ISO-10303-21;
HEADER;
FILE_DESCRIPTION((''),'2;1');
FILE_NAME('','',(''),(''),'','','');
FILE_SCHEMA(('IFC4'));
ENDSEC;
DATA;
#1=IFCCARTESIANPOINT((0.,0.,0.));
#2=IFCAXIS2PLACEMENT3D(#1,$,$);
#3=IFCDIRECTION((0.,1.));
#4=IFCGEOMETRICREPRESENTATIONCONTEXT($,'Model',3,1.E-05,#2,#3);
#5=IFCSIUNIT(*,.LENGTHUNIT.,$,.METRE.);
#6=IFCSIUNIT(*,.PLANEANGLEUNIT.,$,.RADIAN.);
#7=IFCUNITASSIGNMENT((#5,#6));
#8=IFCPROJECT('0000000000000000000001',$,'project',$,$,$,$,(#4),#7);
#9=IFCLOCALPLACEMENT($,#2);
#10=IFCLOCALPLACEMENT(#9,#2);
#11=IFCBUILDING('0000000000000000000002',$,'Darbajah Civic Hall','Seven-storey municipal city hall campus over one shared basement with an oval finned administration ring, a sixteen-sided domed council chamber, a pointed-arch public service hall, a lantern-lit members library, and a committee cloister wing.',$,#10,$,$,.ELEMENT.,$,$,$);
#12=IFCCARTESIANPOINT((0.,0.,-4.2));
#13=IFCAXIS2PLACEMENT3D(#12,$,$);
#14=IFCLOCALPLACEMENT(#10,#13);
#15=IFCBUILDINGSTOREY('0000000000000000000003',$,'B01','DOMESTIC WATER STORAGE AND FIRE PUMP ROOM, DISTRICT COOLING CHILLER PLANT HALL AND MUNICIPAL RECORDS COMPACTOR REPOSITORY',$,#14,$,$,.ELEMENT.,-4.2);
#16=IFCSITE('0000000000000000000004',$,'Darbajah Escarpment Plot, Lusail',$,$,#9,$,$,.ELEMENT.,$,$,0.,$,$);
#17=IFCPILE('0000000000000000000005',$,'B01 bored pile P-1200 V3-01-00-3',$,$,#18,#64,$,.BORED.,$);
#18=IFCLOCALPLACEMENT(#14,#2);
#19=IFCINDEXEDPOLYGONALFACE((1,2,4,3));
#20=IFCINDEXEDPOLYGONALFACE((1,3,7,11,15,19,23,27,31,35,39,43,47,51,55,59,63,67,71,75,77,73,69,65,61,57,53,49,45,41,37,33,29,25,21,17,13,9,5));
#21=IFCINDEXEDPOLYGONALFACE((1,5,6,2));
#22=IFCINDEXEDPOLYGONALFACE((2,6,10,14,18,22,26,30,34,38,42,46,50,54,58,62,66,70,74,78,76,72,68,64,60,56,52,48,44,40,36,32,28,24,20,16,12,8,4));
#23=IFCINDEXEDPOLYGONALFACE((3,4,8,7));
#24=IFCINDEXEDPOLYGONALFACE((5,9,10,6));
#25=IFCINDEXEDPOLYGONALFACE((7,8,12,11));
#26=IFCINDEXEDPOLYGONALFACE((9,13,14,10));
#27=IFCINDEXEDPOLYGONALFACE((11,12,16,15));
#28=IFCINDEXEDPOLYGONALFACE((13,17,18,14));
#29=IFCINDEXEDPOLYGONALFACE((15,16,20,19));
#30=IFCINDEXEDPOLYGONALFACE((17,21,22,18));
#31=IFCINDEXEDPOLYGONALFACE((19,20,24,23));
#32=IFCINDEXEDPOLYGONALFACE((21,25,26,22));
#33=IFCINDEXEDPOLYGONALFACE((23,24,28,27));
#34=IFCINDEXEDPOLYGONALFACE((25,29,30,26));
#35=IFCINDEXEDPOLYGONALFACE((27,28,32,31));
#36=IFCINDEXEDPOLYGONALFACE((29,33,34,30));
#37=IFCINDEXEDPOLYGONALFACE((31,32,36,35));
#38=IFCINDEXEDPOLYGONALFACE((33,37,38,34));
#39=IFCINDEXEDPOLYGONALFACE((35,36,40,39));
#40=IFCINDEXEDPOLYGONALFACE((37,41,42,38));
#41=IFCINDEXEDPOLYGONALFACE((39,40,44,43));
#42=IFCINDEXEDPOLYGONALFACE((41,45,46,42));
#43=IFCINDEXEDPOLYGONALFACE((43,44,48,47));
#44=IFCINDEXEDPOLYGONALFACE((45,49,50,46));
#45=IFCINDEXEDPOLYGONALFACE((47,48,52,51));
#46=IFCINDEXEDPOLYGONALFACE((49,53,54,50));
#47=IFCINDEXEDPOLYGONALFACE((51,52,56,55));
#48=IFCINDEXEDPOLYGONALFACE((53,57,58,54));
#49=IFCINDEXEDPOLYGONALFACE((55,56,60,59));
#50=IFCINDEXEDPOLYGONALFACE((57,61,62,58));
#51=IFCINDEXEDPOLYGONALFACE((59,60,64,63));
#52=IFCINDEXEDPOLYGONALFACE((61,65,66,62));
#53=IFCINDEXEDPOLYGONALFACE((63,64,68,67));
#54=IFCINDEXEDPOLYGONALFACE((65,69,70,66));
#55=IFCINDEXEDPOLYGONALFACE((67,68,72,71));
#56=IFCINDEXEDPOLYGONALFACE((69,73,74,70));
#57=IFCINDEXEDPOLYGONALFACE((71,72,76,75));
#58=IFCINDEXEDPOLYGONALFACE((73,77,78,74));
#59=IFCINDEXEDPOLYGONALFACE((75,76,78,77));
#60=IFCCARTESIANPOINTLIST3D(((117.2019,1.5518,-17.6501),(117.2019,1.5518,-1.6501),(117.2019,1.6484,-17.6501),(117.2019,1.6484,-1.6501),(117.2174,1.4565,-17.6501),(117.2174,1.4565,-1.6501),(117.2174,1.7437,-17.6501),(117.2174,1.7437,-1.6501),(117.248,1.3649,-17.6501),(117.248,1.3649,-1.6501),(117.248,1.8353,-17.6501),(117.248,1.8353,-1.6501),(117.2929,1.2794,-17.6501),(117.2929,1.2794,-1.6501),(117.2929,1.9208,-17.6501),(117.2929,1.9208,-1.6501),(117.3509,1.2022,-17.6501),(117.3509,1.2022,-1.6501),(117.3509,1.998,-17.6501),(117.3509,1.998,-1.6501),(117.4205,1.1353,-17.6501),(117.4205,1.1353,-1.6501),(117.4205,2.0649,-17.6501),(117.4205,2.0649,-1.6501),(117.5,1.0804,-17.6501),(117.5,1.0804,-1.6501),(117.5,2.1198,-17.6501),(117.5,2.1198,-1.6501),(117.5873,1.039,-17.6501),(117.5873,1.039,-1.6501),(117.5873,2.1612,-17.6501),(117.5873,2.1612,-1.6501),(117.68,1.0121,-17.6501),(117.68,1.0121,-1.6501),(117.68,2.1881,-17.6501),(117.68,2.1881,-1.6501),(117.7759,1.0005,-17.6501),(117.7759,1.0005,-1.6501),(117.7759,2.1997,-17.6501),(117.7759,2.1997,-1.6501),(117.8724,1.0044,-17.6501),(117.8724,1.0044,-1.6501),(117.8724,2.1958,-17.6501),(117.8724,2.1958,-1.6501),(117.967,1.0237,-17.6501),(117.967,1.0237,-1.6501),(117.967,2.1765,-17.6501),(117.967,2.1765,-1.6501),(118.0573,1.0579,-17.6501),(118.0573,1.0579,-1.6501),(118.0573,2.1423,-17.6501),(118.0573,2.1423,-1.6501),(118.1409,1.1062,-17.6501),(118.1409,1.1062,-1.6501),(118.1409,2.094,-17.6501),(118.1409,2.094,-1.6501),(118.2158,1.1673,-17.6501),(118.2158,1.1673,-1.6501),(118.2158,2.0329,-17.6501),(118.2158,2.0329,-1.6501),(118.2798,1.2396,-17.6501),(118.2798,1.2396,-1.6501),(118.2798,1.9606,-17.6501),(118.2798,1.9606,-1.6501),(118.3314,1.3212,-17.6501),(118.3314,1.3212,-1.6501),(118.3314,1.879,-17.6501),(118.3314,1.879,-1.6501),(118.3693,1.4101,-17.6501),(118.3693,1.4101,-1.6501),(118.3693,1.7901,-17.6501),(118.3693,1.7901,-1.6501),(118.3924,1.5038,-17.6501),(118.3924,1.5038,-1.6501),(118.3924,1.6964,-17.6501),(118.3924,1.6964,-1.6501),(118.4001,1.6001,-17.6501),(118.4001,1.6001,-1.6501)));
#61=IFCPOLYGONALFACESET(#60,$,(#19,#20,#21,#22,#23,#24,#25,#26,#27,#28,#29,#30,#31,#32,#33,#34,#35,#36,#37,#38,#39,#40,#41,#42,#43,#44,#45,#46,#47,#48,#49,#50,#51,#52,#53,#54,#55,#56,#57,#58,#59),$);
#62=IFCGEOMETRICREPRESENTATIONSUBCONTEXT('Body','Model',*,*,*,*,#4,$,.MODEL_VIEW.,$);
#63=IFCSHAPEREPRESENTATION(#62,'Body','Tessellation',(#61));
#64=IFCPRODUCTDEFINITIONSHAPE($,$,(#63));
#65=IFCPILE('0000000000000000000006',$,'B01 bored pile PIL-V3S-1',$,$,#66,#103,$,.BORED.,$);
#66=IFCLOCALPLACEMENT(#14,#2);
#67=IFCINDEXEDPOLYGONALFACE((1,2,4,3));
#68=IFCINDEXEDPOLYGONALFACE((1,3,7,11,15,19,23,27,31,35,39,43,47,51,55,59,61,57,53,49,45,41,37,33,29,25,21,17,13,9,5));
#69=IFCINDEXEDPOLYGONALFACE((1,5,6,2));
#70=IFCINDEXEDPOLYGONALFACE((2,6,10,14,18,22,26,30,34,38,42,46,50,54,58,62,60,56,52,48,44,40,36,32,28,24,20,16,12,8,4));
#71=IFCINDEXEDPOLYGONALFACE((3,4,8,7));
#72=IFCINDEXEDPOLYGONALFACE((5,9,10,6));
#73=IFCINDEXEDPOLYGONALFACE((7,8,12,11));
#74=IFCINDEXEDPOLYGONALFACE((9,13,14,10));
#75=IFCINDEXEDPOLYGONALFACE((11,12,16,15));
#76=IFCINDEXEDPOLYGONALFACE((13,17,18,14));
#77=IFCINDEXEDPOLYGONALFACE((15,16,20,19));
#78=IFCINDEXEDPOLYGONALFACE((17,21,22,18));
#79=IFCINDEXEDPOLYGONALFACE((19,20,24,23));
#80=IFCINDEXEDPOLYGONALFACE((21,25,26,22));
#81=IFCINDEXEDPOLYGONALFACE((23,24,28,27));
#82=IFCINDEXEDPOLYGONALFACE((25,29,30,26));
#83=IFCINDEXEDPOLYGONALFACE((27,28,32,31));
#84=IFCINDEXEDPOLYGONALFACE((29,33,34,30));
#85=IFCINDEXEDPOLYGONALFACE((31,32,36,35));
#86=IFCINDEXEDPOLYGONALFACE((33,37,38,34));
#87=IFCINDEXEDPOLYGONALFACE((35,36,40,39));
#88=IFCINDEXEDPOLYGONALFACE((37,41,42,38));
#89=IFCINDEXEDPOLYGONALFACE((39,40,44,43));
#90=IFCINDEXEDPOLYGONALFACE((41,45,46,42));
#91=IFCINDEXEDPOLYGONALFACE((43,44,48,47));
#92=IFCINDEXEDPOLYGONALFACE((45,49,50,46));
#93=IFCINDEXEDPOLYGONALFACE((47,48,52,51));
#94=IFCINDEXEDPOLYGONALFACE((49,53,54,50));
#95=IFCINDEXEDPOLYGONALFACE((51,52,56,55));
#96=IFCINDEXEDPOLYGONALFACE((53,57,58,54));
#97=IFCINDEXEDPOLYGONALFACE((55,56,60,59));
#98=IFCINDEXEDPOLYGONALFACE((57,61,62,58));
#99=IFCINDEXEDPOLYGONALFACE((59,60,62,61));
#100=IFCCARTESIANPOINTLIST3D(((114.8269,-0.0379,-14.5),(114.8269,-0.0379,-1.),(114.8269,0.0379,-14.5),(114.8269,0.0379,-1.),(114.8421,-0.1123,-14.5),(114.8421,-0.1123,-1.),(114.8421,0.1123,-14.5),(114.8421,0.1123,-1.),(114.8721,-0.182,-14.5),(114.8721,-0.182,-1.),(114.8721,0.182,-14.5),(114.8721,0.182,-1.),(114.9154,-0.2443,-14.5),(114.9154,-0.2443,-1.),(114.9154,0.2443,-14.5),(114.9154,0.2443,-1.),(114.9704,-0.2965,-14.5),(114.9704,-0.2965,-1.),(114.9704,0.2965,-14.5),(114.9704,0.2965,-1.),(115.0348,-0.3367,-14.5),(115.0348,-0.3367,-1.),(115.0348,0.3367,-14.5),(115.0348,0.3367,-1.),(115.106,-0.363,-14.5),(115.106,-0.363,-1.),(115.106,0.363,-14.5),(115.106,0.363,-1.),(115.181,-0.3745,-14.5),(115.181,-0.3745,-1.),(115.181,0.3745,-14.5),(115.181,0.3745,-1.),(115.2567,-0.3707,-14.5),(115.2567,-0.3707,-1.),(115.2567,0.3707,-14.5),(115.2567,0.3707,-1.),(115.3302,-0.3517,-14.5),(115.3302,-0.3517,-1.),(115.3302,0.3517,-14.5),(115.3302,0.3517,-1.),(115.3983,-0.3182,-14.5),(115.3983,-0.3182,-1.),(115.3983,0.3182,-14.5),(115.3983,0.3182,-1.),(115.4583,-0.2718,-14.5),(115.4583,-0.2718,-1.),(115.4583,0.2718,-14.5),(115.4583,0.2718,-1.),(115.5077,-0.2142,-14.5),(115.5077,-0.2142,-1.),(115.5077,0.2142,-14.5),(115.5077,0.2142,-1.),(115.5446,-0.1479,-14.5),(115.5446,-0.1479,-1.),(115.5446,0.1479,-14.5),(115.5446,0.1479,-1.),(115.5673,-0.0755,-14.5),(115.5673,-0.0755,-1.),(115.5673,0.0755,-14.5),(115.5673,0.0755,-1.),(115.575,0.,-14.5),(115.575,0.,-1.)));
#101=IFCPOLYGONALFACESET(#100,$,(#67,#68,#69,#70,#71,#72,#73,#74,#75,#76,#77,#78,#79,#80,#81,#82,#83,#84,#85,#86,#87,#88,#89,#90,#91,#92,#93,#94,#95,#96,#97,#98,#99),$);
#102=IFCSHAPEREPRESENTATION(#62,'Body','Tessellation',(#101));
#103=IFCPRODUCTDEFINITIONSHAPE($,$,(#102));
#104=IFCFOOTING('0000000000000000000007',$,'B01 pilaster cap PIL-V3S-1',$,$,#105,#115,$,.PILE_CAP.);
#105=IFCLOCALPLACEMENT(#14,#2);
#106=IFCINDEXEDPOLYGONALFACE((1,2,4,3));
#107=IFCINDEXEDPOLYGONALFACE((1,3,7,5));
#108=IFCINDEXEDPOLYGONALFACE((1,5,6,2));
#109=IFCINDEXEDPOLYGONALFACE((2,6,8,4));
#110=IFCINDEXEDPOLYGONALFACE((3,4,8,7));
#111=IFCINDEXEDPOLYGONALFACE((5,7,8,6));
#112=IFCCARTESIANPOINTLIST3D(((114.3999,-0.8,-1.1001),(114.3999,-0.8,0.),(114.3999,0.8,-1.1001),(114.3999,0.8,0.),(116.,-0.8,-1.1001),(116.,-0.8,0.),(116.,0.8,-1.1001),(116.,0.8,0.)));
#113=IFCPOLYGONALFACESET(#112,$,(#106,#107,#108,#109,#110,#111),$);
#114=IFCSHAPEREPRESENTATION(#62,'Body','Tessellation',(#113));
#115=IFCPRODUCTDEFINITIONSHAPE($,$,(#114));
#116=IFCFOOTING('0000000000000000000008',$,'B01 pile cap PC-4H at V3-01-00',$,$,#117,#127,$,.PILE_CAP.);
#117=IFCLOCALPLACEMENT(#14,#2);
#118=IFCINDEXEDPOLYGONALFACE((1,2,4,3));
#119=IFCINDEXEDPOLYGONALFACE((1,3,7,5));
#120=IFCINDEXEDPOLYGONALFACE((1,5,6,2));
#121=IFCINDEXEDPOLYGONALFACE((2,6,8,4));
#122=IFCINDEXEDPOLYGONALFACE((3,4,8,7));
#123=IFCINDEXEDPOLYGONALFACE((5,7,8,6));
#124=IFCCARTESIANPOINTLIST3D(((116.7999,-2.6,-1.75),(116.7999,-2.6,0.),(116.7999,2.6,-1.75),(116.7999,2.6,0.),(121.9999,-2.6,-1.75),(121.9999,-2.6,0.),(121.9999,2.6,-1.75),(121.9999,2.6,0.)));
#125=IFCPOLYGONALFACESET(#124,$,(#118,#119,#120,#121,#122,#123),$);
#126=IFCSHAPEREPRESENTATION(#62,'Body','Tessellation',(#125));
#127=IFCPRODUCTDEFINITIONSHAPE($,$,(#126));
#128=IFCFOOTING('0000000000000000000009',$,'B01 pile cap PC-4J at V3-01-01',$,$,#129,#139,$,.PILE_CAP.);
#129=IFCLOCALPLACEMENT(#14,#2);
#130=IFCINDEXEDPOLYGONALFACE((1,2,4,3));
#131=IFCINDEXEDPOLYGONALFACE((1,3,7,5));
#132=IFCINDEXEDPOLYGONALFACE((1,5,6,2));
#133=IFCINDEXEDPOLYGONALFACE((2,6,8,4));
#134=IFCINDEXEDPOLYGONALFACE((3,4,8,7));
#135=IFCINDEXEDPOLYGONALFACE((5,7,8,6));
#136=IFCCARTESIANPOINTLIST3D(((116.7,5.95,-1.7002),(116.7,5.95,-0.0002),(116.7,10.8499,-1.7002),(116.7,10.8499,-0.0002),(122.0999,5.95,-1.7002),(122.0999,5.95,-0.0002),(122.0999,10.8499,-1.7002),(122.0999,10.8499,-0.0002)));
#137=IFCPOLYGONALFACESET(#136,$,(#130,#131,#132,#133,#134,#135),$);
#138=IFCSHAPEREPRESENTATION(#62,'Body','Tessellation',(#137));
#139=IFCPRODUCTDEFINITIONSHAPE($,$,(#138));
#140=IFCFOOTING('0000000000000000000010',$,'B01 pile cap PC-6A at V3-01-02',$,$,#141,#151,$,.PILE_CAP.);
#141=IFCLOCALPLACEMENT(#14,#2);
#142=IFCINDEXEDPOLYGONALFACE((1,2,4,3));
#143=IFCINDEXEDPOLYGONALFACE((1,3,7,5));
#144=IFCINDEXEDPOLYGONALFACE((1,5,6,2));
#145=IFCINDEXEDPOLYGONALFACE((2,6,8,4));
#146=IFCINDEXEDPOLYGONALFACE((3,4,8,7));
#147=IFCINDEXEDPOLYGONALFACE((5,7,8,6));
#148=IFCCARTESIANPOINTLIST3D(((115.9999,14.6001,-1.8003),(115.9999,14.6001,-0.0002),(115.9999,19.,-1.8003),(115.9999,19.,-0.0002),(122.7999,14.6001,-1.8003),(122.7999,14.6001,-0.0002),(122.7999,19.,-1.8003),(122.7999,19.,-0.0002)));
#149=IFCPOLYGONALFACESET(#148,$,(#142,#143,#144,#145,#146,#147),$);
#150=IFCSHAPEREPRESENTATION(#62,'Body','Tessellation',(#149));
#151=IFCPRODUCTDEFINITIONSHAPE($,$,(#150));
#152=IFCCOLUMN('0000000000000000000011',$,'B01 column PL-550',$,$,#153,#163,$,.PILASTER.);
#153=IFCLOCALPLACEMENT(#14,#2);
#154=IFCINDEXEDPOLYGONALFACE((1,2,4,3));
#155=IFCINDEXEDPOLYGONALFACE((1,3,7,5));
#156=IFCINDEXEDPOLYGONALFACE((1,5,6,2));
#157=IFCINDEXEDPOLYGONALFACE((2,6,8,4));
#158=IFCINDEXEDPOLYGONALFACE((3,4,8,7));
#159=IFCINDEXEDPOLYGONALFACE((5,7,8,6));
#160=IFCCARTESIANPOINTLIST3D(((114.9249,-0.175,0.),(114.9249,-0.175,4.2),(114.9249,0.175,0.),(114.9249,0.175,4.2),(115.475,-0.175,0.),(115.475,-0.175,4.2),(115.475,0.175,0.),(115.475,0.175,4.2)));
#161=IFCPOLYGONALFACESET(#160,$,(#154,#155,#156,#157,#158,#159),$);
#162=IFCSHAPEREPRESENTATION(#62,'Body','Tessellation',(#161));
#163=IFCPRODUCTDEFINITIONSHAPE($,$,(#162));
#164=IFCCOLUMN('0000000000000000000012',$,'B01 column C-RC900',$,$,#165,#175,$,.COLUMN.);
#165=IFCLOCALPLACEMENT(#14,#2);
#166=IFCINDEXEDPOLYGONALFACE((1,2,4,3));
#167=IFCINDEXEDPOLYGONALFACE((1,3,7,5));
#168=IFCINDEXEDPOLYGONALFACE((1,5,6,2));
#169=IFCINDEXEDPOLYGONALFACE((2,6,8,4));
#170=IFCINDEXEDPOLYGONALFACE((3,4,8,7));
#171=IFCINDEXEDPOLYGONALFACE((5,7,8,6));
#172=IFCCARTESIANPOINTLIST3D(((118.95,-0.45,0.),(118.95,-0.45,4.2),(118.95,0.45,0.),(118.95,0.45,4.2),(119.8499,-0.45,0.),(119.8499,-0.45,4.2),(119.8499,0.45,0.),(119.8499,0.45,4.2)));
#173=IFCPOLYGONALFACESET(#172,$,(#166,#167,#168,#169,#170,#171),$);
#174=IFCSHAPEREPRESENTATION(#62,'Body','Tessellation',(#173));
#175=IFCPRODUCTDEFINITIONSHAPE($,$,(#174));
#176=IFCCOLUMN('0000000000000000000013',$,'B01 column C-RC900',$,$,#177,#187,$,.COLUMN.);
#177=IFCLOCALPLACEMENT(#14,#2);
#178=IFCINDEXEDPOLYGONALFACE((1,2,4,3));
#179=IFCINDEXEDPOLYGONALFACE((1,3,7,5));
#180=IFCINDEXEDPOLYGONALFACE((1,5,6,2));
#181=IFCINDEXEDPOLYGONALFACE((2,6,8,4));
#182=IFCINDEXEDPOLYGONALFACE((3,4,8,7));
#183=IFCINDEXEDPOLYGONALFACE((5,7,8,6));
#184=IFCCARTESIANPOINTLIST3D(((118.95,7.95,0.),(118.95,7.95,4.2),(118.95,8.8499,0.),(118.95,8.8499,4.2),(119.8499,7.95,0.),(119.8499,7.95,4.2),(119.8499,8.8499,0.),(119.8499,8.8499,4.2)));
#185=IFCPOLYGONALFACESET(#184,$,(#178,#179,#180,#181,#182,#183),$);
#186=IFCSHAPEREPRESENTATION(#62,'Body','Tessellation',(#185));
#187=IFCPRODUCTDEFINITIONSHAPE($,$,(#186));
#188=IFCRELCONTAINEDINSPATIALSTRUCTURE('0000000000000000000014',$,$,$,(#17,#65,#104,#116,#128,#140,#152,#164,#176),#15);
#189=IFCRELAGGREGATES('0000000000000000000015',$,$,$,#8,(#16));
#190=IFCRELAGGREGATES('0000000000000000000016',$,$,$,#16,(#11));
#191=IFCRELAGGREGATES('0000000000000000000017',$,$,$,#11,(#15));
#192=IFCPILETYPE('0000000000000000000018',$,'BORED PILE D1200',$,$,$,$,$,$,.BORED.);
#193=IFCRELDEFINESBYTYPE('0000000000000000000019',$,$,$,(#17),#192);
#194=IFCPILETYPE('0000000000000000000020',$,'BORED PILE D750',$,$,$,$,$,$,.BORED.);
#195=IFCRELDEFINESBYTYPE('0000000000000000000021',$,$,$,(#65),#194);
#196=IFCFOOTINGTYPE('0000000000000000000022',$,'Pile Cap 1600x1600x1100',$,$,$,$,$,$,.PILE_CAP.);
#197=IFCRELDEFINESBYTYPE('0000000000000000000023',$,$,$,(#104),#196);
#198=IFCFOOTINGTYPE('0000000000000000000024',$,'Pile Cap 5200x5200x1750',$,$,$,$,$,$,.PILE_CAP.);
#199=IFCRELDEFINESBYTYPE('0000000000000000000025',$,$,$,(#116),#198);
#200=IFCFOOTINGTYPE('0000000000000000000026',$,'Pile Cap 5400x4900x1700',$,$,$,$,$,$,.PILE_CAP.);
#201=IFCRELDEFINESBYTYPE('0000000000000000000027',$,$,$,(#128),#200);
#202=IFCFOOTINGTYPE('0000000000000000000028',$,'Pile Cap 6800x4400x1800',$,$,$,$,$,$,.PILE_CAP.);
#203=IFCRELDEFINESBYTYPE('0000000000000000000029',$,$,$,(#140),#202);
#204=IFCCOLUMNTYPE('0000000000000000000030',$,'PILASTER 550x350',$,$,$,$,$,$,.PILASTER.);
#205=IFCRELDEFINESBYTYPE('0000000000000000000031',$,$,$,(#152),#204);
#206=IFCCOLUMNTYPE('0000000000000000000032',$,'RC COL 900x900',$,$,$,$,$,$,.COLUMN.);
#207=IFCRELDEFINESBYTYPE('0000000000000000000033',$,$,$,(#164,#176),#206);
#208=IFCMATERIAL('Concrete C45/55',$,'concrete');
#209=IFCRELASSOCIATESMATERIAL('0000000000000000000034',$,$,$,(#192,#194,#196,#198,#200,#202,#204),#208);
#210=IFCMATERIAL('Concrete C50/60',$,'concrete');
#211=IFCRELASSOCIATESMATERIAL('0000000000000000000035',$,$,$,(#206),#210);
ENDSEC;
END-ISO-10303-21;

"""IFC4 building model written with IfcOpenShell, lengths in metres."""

from ifc_helpers import new_model, si_unit, direction, frame, origin, origin_2d, place, context, subcontext, project, spatial, rectangle, circle, extrude, material, material_profile, profile_set, type_object, element, save


model = new_model("IFC4")

# Units and contexts
model_context = context("Model", 3, precision=1e-05, world=origin(), true_north=direction((0.0, 1.0)))
body_context = subcontext(model_context, "Body", "Model", "MODEL_VIEW")
ifc_project = project(units=[si_unit("LENGTHUNIT", "METRE"), si_unit("PLANEANGLEUNIT", "RADIAN")], contexts=[model_context])

# Site, building, storey
site_placement = place(None, origin())
site = spatial("IfcSite", under=ifc_project, at=site_placement, Name="Darbajah Escarpment Plot, Lusail", CompositionType="ELEMENT", RefElevation=0.0)
building_placement = place(site_placement, origin())
building = spatial("IfcBuilding", under=site, at=building_placement, Name="Darbajah Civic Hall", Description="Seven-storey municipal city hall campus over one shared basement with an oval finned administration ring, a sixteen-sided domed council chamber, a pointed-arch public service hall, a lantern-lit members library, and a committee cloister wing.", CompositionType="ELEMENT")
storey_placement = place(building_placement, frame((0.0, 0.0, -4.2)))
storey = spatial("IfcBuildingStorey", under=building, at=storey_placement, Name="B01", Description="DOMESTIC WATER STORAGE AND FIRE PUMP ROOM, DISTRICT COOLING CHILLER PLANT HALL AND MUNICIPAL RECORDS COMPACTOR REPOSITORY", CompositionType="ELEMENT", Elevation=-4.2)

# Piles
ifc_material_1 = material(Name="Concrete C45/55", Category="concrete")
ifc_material_profile_1 = material_profile(ifc_material_1, circle(Radius=0.6001, at=origin_2d()), Name="BORED PILE D1200")
ifc_profile_set_1 = profile_set([ifc_material_profile_1], Name="Concrete C45/55")
pile_type_1 = type_object("IfcPileType", Name="BORED PILE D1200", PredefinedType="BORED", material=ifc_profile_set_1)
for number, where, z_axis, x_axis, name in (
    (1, (117.8, 1.6001, -1.6501), (0.0, 0.0, -1.0), (1.0, 0.0, 0.0), "B01 bored pile P-1200 V3-01-00-3"),
):
    element("IfcPile", number, at=place(storey_placement, frame(where, z_axis=z_axis, x_axis=x_axis)), inside=storey, type_object=pile_type_1, Name=name, PredefinedType="BORED", context=body_context, shape_type="SweptSolid", body=[
        extrude(circle(Radius=0.6001, at=origin_2d()), origin(), (0.0, 0.0, 1.0), 16.0),
    ])
ifc_material_profile_2 = material_profile(ifc_material_1, circle(Radius=0.375, at=origin_2d()), Name="BORED PILE D750")
ifc_profile_set_2 = profile_set([ifc_material_profile_2], Name="Concrete C45/55")
pile_type_2 = type_object("IfcPileType", Name="BORED PILE D750", PredefinedType="BORED", material=ifc_profile_set_2)
pile_placement = place(storey_placement, frame((115.2, 0.0, -1.0), z_axis=(0.0, 0.0, -1.0), x_axis=(1.0, 0.0, 0.0)))
element("IfcPile", 2, at=pile_placement, inside=storey, type_object=pile_type_2, Name="B01 bored pile PIL-V3S-1", PredefinedType="BORED", context=body_context, shape_type="SweptSolid", body=[
    extrude(circle(Radius=0.375, at=origin_2d()), origin(), (0.0, 0.0, 1.0), 13.5),
])

# Footings
footing_type_1 = type_object("IfcFootingType", Name="Pile Cap 1600x1600x1100", PredefinedType="PILE_CAP", material=ifc_material_1)
footing_1_placement = place(storey_placement, frame((115.2, 0.0, -1.1001), z_axis=(0.0, 0.0, 1.0), x_axis=(1.0, 0.0, 0.0)))
element("IfcFooting", 3, at=footing_1_placement, inside=storey, type_object=footing_type_1, Name="B01 pilaster cap PIL-V3S-1", PredefinedType="PILE_CAP", context=body_context, shape_type="SweptSolid", body=[
    extrude(rectangle(XDim=1.6001, YDim=1.6001, at=origin_2d()), origin(), (0.0, 0.0, 1.0), 1.1001),
])
footing_type_2 = type_object("IfcFootingType", Name="Pile Cap 5200x5200x1750", PredefinedType="PILE_CAP", material=ifc_material_1)
footing_2_placement = place(storey_placement, frame((119.3999, 0.0, -1.75), z_axis=(0.0, 0.0, 1.0), x_axis=(1.0, 0.0, 0.0)))
element("IfcFooting", 4, at=footing_2_placement, inside=storey, type_object=footing_type_2, Name="B01 pile cap PC-4H at V3-01-00", PredefinedType="PILE_CAP", context=body_context, shape_type="SweptSolid", body=[
    extrude(rectangle(XDim=5.2, YDim=5.2, at=origin_2d()), origin(), (0.0, 0.0, 1.0), 1.75),
])
footing_type_3 = type_object("IfcFootingType", Name="Pile Cap 5400x4900x1700", PredefinedType="PILE_CAP", material=ifc_material_1)
footing_3_placement = place(storey_placement, frame((119.3999, 8.3999, -1.7002), z_axis=(0.0, 0.0, 1.0), x_axis=(1.0, 0.0, 0.0)))
element("IfcFooting", 5, at=footing_3_placement, inside=storey, type_object=footing_type_3, Name="B01 pile cap PC-4J at V3-01-01", PredefinedType="PILE_CAP", context=body_context, shape_type="SweptSolid", body=[
    extrude(rectangle(XDim=5.3999, YDim=4.8999, at=origin_2d()), origin(), (0.0, 0.0, 1.0), 1.7),
])
footing_type_4 = type_object("IfcFootingType", Name="Pile Cap 6800x4400x1800", PredefinedType="PILE_CAP", material=ifc_material_1)
footing_4_placement = place(storey_placement, frame((119.3999, 16.8, -1.8003), z_axis=(0.0, 0.0, 1.0), x_axis=(1.0, 0.0, 0.0)))
element("IfcFooting", 6, at=footing_4_placement, inside=storey, type_object=footing_type_4, Name="B01 pile cap PC-6A at V3-01-02", PredefinedType="PILE_CAP", context=body_context, shape_type="SweptSolid", body=[
    extrude(rectangle(XDim=6.8, YDim=4.3999, at=origin_2d()), origin(), (0.0, 0.0, 1.0), 1.8),
])

# Columns
ifc_material_profile_3 = material_profile(ifc_material_1, rectangle(XDim=0.55, YDim=0.3501, at=origin_2d()), Name="PILASTER 550x350")
ifc_profile_set_3 = profile_set([ifc_material_profile_3], Name="Concrete C45/55")
column_type_1 = type_object("IfcColumnType", Name="PILASTER 550x350", PredefinedType="PILASTER", material=ifc_profile_set_3)
column_placement = place(storey_placement, frame((115.2, 0.0, 0.0), z_axis=(0.0, 0.0, 1.0), x_axis=(1.0, 0.0, 0.0)))
element("IfcColumn", 7, at=column_placement, inside=storey, type_object=column_type_1, Name="B01 column PL-550", PredefinedType="PILASTER", context=body_context, shape_type="SweptSolid", body=[
    extrude(rectangle(XDim=0.55, YDim=0.3501, at=origin_2d()), origin(), (0.0, 0.0, 1.0), 4.2),
])
ifc_material_2 = material(Name="Concrete C50/60", Category="concrete")
ifc_material_profile_4 = material_profile(ifc_material_2, rectangle(XDim=0.8999, YDim=0.8999, at=origin_2d()), Name="RC COL 900x900")
ifc_profile_set_4 = profile_set([ifc_material_profile_4], Name="Concrete C50/60")
column_type_2 = type_object("IfcColumnType", Name="RC COL 900x900", PredefinedType="COLUMN", material=ifc_profile_set_4)
for number, where, z_axis, x_axis, name in (
    (8, (119.3999, 0.0, 0.0), (0.0, 0.0, 1.0), (1.0, 0.0, 0.0), "B01 column C-RC900"),
    (9, (119.3999, 8.3999, 0.0), (0.0, 0.0, 1.0), (1.0, 0.0, 0.0), "B01 column C-RC900"),
):
    element("IfcColumn", number, at=place(storey_placement, frame(where, z_axis=z_axis, x_axis=x_axis)), inside=storey, type_object=column_type_2, Name=name, PredefinedType="COLUMN", context=body_context, shape_type="SweptSolid", body=[
        extrude(rectangle(XDim=0.8999, YDim=0.8999, at=origin_2d()), origin(), (0.0, 0.0, 1.0), 4.2),
    ])

save(model, "model.ifc")
